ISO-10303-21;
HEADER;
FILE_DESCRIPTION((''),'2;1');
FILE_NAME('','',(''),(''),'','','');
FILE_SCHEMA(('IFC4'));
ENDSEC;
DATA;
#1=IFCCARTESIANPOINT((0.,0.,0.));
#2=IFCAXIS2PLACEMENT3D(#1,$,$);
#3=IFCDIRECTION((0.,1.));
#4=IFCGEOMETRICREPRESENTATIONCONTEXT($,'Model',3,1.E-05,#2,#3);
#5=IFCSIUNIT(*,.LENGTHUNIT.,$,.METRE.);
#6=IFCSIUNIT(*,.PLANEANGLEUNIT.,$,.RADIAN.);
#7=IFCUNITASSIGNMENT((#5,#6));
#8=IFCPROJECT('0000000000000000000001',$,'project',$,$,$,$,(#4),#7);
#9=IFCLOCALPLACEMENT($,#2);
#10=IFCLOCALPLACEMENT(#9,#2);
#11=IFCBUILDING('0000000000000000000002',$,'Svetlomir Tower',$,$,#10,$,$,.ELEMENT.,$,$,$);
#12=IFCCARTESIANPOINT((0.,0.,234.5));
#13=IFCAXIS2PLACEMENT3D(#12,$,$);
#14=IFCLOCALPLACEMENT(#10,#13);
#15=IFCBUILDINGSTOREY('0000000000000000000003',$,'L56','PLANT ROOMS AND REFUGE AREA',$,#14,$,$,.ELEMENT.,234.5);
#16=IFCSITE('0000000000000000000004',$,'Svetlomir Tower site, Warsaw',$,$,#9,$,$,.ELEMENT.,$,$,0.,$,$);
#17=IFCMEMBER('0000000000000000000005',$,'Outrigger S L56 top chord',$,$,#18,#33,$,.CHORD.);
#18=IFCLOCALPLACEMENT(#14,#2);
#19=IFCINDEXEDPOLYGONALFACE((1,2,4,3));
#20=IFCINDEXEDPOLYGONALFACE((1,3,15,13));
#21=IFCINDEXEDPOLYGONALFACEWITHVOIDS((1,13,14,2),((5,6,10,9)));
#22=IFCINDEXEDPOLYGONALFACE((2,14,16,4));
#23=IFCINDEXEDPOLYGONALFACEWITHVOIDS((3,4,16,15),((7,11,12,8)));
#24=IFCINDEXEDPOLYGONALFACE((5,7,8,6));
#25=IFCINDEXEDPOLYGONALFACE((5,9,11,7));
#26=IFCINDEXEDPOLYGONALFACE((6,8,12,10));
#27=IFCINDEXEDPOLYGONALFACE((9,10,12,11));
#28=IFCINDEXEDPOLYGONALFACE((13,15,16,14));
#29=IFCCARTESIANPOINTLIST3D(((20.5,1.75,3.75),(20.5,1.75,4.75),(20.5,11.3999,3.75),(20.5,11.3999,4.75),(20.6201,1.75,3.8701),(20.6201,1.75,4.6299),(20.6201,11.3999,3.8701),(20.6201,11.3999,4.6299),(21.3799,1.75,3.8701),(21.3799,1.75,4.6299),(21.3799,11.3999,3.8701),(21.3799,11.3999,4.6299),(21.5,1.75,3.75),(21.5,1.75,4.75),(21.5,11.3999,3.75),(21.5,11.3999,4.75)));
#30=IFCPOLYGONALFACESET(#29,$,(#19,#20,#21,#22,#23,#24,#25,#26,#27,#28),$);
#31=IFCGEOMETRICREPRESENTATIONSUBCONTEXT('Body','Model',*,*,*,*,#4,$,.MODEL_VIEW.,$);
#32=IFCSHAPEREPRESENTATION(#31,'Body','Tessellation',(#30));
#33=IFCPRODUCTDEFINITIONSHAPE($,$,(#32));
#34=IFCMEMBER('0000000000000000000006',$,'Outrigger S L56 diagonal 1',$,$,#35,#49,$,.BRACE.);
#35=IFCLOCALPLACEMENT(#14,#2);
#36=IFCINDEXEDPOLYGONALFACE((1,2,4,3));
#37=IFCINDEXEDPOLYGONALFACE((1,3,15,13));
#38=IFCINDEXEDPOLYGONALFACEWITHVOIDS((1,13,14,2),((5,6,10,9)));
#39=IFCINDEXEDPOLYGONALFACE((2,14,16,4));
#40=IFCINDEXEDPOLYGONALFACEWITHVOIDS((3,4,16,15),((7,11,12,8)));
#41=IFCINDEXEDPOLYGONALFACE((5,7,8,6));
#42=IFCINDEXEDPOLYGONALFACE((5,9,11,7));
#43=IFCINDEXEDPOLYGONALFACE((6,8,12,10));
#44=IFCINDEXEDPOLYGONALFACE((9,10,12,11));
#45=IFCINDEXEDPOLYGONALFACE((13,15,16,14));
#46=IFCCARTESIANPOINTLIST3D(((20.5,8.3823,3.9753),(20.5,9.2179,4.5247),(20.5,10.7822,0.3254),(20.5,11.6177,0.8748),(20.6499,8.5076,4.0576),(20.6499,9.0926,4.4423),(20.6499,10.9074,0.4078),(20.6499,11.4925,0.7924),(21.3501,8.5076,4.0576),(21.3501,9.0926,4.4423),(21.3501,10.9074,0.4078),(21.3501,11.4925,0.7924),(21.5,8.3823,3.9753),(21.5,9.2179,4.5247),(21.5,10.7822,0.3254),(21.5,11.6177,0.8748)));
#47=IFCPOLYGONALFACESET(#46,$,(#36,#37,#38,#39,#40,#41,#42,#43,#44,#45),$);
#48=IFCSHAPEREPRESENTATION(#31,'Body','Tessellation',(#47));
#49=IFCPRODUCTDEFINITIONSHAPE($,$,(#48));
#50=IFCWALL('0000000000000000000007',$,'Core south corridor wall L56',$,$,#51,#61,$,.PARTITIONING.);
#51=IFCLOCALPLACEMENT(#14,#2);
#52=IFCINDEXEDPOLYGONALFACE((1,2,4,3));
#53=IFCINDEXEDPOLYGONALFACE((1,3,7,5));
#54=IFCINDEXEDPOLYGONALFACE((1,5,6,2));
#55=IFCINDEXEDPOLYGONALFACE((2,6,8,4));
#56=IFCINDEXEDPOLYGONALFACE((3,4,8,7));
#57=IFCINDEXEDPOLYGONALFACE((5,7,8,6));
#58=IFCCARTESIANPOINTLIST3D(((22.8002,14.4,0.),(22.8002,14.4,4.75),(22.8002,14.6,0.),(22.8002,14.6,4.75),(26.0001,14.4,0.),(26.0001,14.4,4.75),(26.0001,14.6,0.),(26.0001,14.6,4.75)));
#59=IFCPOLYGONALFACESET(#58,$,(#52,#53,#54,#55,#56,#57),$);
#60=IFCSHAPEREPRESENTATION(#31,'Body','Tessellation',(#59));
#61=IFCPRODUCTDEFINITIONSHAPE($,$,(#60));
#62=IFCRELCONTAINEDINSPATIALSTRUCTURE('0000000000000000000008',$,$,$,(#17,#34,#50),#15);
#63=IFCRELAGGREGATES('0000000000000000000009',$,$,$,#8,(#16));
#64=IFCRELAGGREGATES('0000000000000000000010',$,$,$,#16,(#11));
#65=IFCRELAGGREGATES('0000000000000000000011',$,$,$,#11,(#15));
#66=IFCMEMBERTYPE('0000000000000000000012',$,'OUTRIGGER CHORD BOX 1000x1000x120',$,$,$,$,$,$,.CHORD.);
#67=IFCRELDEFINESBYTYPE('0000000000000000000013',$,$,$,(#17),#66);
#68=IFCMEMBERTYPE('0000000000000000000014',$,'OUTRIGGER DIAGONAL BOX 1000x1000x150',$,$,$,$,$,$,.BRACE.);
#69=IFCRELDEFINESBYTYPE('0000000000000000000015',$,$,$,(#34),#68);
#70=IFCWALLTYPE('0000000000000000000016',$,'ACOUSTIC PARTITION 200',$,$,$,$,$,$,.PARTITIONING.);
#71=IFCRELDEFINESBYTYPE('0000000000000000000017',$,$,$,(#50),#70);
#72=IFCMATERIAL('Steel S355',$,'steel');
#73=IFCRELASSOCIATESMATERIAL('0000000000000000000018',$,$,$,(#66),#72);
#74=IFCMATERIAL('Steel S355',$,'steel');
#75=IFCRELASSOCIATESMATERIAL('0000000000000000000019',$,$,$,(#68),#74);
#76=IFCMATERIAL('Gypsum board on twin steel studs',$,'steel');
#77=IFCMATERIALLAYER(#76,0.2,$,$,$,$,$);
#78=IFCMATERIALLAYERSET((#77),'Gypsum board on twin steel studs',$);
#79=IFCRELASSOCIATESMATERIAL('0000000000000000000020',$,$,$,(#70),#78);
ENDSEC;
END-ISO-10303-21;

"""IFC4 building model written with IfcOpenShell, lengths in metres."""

from ifc_helpers import new_model, si_unit, direction, frame, frame_2d, origin, origin_2d, place, context, subcontext, project, spatial, rectangle, hollow_rectangle, extrude, material, layer, layer_set, material_profile, profile_set, type_object, element, save


model = new_model("IFC4")

# Units and contexts
model_context = context("Model", 3, precision=1e-05, world=origin(), true_north=direction((0.0, 1.0)))
body_context = subcontext(model_context, "Body", "Model", "MODEL_VIEW")
ifc_project = project(units=[si_unit("LENGTHUNIT", "METRE"), si_unit("PLANEANGLEUNIT", "RADIAN")], contexts=[model_context])

# Site, building, storey
site_placement = place(None, origin())
site = spatial("IfcSite", under=ifc_project, at=site_placement, Name="Svetlomir Tower site, Warsaw", CompositionType="ELEMENT", RefElevation=0.0)
building_placement = place(site_placement, origin())
building = spatial("IfcBuilding", under=site, at=building_placement, Name="Svetlomir Tower", CompositionType="ELEMENT")
storey_placement = place(building_placement, frame((0.0, 0.0, 234.5)))
storey = spatial("IfcBuildingStorey", under=building, at=storey_placement, Name="L56", Description="PLANT ROOMS AND REFUGE AREA", CompositionType="ELEMENT", Elevation=234.5)

# Members
ifc_material_1 = material(Name="Steel S355", Category="steel")
ifc_material_profile_1 = material_profile(ifc_material_1, hollow_rectangle(XDim=1.0, YDim=1.0, WallThickness=0.1201, at=origin_2d()), Name="BOX 1000x1000x120")
ifc_profile_set_1 = profile_set([ifc_material_profile_1], Name="Steel S355")
member_type_1 = type_object("IfcMemberType", Name="OUTRIGGER CHORD BOX 1000x1000x120", PredefinedType="CHORD", material=ifc_profile_set_1)
member_1_placement = place(storey_placement, frame((21.0, 11.3999, 4.25), z_axis=(0.0, -1.0, 0.0), x_axis=(1.0, 0.0, 0.0)))
element("IfcMember", 1, at=member_1_placement, inside=storey, type_object=member_type_1, Name="Outrigger S L56 top chord", PredefinedType="CHORD", context=body_context, shape_type="SweptSolid", body=[
    extrude(hollow_rectangle(XDim=1.0, YDim=1.0, WallThickness=0.1201, at=origin_2d()), origin(), (0.0, 0.0, 1.0), 9.6499),
])
ifc_material_2 = material(Name="Steel S355", Category="steel")
ifc_material_profile_2 = material_profile(ifc_material_2, hollow_rectangle(XDim=1.0, YDim=1.0, WallThickness=0.1499, at=origin_2d()), Name="BOX 1000x1000x150")
ifc_profile_set_2 = profile_set([ifc_material_profile_2], Name="Steel S355")
member_type_2 = type_object("IfcMemberType", Name="OUTRIGGER DIAGONAL BOX 1000x1000x150", PredefinedType="BRACE", material=ifc_profile_set_2)
member_2_placement = place(storey_placement, frame((21.0, 11.2, 0.6001), z_axis=(0.0, -0.549401, 0.835559), x_axis=(1.0, 0.0, 0.0)))
element("IfcMember", 2, at=member_2_placement, inside=storey, type_object=member_type_2, Name="Outrigger S L56 diagonal 1", PredefinedType="BRACE", context=body_context, shape_type="SweptSolid", body=[
    extrude(hollow_rectangle(XDim=1.0, YDim=1.0, WallThickness=0.1499, at=origin_2d()), origin(), (0.0, 0.0, 1.0), 4.3682),
])

# Wall
ifc_material_3 = material(Name="Gypsum board on twin steel studs", Category="steel")
ifc_layer_1 = layer(ifc_material_3, 0.2)
ifc_layer_set_1 = layer_set([ifc_layer_1], Name="Gypsum board on twin steel studs")
wall_type_1 = type_object("IfcWallType", Name="ACOUSTIC PARTITION 200", PredefinedType="PARTITIONING", material=ifc_layer_set_1)
wall_1_placement = place(storey_placement, frame((22.8, 14.5, 0.0), z_axis=(0.0, 0.0, 1.0), x_axis=(1.0, 0.0, 0.0)))
element("IfcWall", 3, at=wall_1_placement, inside=storey, type_object=wall_type_1, Name="Core south corridor wall L56", PredefinedType="PARTITIONING", context=body_context, shape_type="SweptSolid", body=[
    extrude(rectangle(XDim=3.2, YDim=0.2, at=frame_2d((1.6001, 0.0))), origin(), (0.0, 0.0, 1.0), 4.75),
])

save(model, "model.ifc")
